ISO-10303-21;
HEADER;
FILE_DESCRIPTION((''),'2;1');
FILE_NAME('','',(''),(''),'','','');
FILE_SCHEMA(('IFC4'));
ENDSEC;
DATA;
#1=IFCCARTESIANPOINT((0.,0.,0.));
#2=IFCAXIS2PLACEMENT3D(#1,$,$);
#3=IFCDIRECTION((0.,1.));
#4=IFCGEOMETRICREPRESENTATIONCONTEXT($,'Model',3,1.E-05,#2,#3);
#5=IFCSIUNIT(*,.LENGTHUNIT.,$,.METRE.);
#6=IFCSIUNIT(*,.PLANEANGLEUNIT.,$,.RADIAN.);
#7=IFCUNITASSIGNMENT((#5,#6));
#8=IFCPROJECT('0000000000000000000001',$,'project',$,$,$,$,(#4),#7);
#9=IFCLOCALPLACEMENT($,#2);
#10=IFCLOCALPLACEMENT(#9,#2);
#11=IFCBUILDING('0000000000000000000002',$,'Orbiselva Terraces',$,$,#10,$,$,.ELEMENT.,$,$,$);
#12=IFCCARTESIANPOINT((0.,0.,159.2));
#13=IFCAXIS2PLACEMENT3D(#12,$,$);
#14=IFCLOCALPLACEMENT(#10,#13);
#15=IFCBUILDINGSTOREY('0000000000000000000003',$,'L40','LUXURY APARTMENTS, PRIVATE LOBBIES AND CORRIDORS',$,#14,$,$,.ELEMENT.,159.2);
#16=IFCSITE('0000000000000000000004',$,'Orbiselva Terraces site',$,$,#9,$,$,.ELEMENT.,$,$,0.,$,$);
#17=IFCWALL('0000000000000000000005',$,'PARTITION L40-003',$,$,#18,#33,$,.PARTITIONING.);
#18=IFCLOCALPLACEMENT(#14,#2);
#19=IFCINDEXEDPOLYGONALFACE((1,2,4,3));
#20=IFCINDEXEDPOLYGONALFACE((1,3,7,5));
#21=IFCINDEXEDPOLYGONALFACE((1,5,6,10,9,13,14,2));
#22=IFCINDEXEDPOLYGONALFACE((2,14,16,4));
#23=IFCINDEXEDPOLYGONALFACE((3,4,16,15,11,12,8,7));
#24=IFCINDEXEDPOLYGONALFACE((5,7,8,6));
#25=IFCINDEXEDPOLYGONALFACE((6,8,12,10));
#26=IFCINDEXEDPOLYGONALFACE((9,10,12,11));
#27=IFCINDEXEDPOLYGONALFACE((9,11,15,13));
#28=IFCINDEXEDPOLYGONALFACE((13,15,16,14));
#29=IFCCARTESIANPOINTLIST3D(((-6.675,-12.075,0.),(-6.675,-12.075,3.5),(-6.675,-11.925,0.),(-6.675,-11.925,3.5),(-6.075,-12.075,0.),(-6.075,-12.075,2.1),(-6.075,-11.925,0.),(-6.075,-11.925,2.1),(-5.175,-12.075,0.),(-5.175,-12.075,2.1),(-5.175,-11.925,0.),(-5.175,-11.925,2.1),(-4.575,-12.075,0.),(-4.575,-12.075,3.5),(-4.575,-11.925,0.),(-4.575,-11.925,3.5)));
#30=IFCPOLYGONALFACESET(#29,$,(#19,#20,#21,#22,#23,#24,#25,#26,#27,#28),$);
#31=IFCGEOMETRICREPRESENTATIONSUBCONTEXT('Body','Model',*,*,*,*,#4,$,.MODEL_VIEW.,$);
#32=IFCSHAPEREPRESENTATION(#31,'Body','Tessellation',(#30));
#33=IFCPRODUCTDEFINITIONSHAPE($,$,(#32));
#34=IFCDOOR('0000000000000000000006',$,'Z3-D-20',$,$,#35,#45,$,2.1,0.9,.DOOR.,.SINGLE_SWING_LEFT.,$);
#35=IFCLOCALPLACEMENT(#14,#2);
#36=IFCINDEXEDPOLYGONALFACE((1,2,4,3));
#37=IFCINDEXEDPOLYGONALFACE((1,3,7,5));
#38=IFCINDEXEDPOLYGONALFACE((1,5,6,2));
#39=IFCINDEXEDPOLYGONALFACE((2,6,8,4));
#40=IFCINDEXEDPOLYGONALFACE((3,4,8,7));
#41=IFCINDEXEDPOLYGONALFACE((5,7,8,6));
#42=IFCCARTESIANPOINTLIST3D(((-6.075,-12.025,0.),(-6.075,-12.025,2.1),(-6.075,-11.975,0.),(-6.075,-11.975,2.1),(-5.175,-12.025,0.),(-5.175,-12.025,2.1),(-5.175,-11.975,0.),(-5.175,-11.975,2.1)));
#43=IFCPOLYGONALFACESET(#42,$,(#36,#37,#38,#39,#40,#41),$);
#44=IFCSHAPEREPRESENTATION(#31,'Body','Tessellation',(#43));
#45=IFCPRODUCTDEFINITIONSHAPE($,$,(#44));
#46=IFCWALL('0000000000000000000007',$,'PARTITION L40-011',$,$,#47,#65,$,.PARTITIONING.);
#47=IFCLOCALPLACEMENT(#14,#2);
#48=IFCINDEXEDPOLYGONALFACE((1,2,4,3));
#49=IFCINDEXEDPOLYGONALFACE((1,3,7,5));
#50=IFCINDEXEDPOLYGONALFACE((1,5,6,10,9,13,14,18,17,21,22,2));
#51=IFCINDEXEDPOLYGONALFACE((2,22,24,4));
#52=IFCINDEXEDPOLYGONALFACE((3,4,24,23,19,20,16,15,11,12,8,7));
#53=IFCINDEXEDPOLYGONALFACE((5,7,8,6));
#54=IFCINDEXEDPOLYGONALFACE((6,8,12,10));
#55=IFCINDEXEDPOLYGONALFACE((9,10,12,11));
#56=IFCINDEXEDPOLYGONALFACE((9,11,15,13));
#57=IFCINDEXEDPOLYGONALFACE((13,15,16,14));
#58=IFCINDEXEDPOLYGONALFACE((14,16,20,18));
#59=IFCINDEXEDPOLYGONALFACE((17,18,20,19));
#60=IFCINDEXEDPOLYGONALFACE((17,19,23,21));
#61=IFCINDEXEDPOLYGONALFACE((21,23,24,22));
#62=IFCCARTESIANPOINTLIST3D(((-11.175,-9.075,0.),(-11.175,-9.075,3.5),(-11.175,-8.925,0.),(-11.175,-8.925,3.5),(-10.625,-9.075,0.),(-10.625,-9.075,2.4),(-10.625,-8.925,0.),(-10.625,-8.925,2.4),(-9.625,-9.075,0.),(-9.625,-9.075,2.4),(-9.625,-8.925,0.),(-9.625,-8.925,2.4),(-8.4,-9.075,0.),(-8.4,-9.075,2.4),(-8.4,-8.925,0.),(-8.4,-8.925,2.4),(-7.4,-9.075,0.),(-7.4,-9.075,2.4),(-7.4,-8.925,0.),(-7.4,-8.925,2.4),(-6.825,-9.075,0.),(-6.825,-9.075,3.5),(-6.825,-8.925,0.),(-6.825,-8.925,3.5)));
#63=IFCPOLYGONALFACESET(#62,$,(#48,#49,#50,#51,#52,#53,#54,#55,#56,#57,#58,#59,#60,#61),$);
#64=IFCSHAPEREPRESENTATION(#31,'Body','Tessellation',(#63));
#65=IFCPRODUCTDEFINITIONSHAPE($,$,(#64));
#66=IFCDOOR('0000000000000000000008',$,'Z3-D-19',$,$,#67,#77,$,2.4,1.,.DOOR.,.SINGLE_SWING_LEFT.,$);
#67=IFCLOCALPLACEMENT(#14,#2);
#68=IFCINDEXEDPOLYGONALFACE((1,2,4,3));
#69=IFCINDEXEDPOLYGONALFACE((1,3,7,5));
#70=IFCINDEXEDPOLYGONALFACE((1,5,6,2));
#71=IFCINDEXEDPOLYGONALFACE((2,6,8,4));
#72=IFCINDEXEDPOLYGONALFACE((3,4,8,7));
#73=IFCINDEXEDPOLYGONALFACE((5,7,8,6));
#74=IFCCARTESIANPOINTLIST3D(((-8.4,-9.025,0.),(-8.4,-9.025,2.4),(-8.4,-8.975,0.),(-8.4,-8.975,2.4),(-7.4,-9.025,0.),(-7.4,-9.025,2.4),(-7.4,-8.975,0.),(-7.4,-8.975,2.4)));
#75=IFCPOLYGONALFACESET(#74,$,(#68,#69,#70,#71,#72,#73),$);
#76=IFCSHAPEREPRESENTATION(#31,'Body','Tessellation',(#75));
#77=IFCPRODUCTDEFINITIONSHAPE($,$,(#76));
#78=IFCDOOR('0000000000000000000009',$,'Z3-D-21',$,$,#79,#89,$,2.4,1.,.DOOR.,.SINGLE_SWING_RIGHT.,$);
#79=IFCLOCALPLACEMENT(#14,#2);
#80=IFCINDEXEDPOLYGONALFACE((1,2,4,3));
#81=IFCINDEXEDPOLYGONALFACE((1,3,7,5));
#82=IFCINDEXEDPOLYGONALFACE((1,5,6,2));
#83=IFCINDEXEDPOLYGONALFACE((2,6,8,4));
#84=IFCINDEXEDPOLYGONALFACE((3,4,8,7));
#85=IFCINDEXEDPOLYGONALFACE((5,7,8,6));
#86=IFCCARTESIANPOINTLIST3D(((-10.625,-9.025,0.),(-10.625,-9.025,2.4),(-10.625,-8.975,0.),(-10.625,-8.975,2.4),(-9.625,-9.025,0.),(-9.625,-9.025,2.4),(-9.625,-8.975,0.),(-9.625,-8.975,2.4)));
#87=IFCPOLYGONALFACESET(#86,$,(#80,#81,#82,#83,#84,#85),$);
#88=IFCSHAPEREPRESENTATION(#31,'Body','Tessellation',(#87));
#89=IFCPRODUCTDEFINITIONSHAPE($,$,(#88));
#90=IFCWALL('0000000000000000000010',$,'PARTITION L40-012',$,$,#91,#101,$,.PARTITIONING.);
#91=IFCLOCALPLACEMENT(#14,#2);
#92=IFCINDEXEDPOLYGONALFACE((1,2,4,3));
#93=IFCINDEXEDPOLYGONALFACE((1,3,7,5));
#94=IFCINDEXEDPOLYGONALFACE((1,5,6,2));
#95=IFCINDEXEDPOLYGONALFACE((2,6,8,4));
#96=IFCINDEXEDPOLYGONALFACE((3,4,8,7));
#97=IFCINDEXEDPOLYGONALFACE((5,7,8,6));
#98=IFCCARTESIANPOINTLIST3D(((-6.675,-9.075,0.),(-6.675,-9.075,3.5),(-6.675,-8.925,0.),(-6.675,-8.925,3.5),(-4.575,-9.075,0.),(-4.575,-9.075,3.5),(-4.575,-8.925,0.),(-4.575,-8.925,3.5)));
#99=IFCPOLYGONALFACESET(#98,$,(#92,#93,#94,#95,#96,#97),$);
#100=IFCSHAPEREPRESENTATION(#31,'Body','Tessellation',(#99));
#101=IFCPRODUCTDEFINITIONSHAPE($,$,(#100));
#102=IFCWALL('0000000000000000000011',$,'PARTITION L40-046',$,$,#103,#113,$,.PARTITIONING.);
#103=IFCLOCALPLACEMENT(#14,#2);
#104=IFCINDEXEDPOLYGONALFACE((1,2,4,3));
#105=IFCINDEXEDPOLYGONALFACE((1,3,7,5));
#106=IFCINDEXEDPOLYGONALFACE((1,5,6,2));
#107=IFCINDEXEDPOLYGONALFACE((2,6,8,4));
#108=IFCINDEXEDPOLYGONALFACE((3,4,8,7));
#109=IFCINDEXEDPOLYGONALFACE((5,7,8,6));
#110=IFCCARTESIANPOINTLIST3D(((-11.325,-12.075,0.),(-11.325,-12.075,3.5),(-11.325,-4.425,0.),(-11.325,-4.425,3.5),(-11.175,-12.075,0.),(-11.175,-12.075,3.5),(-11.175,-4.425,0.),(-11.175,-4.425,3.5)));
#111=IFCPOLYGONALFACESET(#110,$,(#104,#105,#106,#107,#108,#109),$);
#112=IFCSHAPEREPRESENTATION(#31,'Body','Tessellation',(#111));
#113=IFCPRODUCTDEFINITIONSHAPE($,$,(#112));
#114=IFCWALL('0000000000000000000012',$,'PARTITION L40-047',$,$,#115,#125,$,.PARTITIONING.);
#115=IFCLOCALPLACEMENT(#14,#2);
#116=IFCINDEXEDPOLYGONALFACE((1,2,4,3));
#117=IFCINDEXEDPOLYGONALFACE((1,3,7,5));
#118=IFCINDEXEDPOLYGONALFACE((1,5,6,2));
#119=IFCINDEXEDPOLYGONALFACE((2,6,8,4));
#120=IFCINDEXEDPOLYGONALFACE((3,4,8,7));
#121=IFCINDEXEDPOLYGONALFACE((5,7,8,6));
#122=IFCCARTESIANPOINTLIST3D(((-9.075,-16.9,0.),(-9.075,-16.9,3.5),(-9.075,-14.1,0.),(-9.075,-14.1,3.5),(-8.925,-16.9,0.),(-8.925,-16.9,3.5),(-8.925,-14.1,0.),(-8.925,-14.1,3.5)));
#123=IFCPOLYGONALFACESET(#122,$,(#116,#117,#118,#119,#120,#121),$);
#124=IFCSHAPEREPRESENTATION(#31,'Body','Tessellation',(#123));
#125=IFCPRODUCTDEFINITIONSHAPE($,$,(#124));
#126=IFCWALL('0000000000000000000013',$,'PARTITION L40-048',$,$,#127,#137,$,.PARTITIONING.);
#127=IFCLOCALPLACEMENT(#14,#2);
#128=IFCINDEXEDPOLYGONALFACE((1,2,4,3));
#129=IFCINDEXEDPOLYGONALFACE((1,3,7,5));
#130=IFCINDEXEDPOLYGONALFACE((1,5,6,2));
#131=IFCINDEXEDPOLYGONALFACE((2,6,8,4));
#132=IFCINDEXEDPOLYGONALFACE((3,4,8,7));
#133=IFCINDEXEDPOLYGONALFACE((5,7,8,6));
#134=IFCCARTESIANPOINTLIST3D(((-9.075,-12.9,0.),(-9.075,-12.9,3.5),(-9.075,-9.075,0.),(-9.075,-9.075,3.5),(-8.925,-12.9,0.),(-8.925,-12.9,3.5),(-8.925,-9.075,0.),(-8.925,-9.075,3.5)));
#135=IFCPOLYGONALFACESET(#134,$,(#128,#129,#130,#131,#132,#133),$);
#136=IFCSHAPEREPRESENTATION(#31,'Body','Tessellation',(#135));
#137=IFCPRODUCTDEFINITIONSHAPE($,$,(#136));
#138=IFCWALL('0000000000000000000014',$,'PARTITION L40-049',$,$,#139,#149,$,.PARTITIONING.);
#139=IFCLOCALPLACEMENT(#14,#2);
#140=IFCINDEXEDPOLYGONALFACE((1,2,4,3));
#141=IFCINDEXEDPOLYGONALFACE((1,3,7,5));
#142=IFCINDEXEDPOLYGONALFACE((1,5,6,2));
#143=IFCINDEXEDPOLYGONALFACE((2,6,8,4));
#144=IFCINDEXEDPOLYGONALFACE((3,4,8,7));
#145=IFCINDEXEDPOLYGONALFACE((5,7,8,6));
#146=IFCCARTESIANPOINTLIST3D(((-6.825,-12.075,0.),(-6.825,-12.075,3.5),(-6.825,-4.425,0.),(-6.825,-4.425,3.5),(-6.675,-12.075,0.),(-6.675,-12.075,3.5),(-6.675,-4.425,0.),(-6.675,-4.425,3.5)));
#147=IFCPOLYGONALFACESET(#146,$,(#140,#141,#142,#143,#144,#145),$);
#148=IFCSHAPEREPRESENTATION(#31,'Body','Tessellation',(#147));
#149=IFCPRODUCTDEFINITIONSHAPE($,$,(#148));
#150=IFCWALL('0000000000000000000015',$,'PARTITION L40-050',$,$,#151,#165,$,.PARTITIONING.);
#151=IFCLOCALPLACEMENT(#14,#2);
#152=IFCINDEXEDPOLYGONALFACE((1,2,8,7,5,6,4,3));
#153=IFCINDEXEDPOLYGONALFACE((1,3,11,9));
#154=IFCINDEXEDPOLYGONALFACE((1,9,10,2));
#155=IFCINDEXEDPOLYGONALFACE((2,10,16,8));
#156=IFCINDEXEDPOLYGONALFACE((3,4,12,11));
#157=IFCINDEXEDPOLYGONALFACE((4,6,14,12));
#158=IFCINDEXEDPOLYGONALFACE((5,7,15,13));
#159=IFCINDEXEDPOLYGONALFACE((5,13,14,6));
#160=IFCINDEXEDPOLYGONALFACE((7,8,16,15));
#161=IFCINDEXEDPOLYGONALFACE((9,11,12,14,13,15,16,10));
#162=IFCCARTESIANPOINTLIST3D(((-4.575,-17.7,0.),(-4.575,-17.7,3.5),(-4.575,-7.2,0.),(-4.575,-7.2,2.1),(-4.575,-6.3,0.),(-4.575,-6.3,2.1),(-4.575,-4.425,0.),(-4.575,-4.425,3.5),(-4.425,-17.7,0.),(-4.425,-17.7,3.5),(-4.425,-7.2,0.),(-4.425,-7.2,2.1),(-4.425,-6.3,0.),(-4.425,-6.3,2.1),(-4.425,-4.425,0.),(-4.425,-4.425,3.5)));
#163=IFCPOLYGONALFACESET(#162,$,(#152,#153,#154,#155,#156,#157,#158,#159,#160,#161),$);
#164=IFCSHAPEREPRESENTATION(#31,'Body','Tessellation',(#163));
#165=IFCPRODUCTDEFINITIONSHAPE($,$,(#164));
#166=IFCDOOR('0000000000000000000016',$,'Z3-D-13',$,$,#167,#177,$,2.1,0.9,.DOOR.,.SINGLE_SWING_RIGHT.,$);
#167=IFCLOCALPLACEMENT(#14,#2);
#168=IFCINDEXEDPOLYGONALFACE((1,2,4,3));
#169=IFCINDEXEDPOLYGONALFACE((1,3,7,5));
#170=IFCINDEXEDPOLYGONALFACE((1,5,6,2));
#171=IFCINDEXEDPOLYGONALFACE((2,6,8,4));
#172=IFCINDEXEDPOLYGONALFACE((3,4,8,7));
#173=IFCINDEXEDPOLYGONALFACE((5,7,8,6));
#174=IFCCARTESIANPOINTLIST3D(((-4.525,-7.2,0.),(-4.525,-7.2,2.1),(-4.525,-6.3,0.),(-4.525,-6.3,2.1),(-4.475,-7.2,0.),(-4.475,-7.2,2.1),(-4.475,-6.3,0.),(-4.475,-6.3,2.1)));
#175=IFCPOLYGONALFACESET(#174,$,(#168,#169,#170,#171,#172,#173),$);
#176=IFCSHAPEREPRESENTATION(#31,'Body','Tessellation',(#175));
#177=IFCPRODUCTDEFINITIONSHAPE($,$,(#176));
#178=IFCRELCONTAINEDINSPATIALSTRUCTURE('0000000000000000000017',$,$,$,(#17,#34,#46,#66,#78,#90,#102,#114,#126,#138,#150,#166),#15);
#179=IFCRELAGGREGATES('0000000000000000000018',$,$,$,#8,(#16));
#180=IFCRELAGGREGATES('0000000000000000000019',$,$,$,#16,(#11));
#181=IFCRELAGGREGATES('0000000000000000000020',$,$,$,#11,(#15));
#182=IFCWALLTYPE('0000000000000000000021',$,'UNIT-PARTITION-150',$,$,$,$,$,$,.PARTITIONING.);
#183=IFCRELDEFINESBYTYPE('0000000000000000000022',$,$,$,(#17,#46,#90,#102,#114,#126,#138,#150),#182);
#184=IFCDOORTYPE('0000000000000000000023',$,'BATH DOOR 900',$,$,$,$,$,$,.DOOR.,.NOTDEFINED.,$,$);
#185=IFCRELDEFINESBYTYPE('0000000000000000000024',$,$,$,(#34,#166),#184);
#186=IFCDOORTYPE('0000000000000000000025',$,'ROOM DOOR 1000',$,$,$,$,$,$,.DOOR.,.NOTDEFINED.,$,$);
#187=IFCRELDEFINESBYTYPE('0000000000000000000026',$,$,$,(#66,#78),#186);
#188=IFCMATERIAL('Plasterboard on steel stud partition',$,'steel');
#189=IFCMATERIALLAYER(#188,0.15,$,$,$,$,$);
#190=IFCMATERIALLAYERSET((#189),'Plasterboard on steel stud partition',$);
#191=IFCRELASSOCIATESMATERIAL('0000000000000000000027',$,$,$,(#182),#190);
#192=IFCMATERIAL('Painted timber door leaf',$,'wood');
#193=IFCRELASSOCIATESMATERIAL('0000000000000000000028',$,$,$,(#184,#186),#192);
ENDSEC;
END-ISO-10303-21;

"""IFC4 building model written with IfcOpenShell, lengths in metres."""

from ifc_helpers import new_model, si_unit, direction, frame, frame_2d, origin, place, context, subcontext, project, spatial, rectangle, extrude, material, layer, layer_set, type_object, element, fill, save


model = new_model("IFC4")

# Units and contexts
model_context = context("Model", 3, precision=1e-05, world=origin(), true_north=direction((0.0, 1.0)))
body_context = subcontext(model_context, "Body", "Model", "MODEL_VIEW")
ifc_project = project(units=[si_unit("LENGTHUNIT", "METRE"), si_unit("PLANEANGLEUNIT", "RADIAN")], contexts=[model_context])

# Site, building, storey
site_placement = place(None, origin())
site = spatial("IfcSite", under=ifc_project, at=site_placement, Name="Orbiselva Terraces site", CompositionType="ELEMENT", RefElevation=0.0)
building_placement = place(site_placement, origin())
building = spatial("IfcBuilding", under=site, at=building_placement, Name="Orbiselva Terraces", CompositionType="ELEMENT")
storey_placement = place(building_placement, frame((0.0, 0.0, 159.2)))
storey = spatial("IfcBuildingStorey", under=building, at=storey_placement, Name="L40", Description="LUXURY APARTMENTS, PRIVATE LOBBIES AND CORRIDORS", CompositionType="ELEMENT", Elevation=159.2)

# Wall, opening, door
ifc_material_1 = material(Name="Plasterboard on steel stud partition", Category="steel")
ifc_layer_1 = layer(ifc_material_1, 0.15)
ifc_layer_set_1 = layer_set([ifc_layer_1], Name="Plasterboard on steel stud partition")
wall_type_1 = type_object("IfcWallType", Name="UNIT-PARTITION-150", PredefinedType="PARTITIONING", material=ifc_layer_set_1)
wall_1_placement = place(storey_placement, frame((-6.675, -12.0, 0.0), z_axis=(0.0, 0.0, 1.0), x_axis=(1.0, 0.0, 0.0)))
wall_1 = element("IfcWall", 1, at=wall_1_placement, inside=storey, type_object=wall_type_1, Name="PARTITION L40-003", PredefinedType="PARTITIONING", context=body_context, shape_type="SweptSolid", body=[
    extrude(rectangle(XDim=2.1, YDim=0.15, at=frame_2d((1.05, 0.0))), origin(), (0.0, 0.0, 1.0), 3.5),
])
opening_1_placement = place(wall_1_placement, frame((0.6, 0.0, 0.0)))
opening_1 = element("IfcOpeningElement", 2, at=opening_1_placement, cuts=wall_1, PredefinedType="OPENING", context=body_context, shape_type="SweptSolid", body=[
    extrude(rectangle(XDim=0.9, YDim=2.1, at=frame_2d((0.45, 1.05))), frame((0.0, 0.085, 0.0), z_axis=(0.0, -1.0, 0.0), x_axis=(1.0, 0.0, 0.0)), (0.0, 0.0, 1.0), 0.17),
])
ifc_material_2 = material(Name="Painted timber door leaf", Category="wood")
door_type_1 = type_object("IfcDoorType", Name="BATH DOOR 900", OperationType="NOTDEFINED", PredefinedType="DOOR", material=ifc_material_2)
door_1_placement = place(opening_1_placement, origin())
door_1 = element("IfcDoor", 3, at=door_1_placement, inside=storey, type_object=door_type_1, Name="Z3-D-20", OperationType="SINGLE_SWING_LEFT", OverallHeight=2.1, OverallWidth=0.9, PredefinedType="DOOR", context=body_context, shape_type="SweptSolid", body=[
    extrude(rectangle(XDim=0.9, YDim=2.1, at=frame_2d((0.45, 1.05))), frame((0.0, 0.025, 0.0), z_axis=(0.0, -1.0, 0.0), x_axis=(1.0, 0.0, 0.0)), (0.0, 0.0, 1.0), 0.05),
])
fill(opening_1, door_1)

# Wall, openings, doors
wall_2_placement = place(storey_placement, frame((-6.825, -9.0, 0.0), z_axis=(0.0, 0.0, 1.0), x_axis=(-1.0, 0.0, 0.0)))
wall_2 = element("IfcWall", 4, at=wall_2_placement, inside=storey, type_object=wall_type_1, Name="PARTITION L40-011", PredefinedType="PARTITIONING", context=body_context, shape_type="SweptSolid", body=[
    extrude(rectangle(XDim=4.35, YDim=0.15, at=frame_2d((2.175, 0.0))), origin(), (0.0, 0.0, 1.0), 3.5),
])
opening_2_placement = place(wall_2_placement, frame((0.575, 0.0, 0.0)))
opening_2 = element("IfcOpeningElement", 5, at=opening_2_placement, cuts=wall_2, PredefinedType="OPENING", context=body_context, shape_type="SweptSolid", body=[
    extrude(rectangle(XDim=1.0, YDim=2.4, at=frame_2d((0.5, 1.2))), frame((0.0, 0.085, 0.0), z_axis=(0.0, -1.0, 0.0), x_axis=(1.0, 0.0, 0.0)), (0.0, 0.0, 1.0), 0.17),
])
opening_3_placement = place(wall_2_placement, frame((2.8, 0.0, 0.0)))
opening_3 = element("IfcOpeningElement", 6, at=opening_3_placement, cuts=wall_2, PredefinedType="OPENING", context=body_context, shape_type="SweptSolid", body=[
    extrude(rectangle(XDim=1.0, YDim=2.4, at=frame_2d((0.5, 1.2))), frame((0.0, 0.085, 0.0), z_axis=(0.0, -1.0, 0.0), x_axis=(1.0, 0.0, 0.0)), (0.0, 0.0, 1.0), 0.17),
])
door_type_2 = type_object("IfcDoorType", Name="ROOM DOOR 1000", OperationType="NOTDEFINED", PredefinedType="DOOR", material=ifc_material_2)
door_2_placement = place(opening_2_placement, origin())
door_2 = element("IfcDoor", 7, at=door_2_placement, inside=storey, type_object=door_type_2, Name="Z3-D-19", OperationType="SINGLE_SWING_LEFT", OverallHeight=2.4, OverallWidth=1.0, PredefinedType="DOOR", context=body_context, shape_type="SweptSolid", body=[
    extrude(rectangle(XDim=1.0, YDim=2.4, at=frame_2d((0.5, 1.2))), frame((0.0, 0.025, 0.0), z_axis=(0.0, -1.0, 0.0), x_axis=(1.0, 0.0, 0.0)), (0.0, 0.0, 1.0), 0.05),
])
fill(opening_2, door_2)
door_3_placement = place(opening_3_placement, origin())
door_3 = element("IfcDoor", 8, at=door_3_placement, inside=storey, type_object=door_type_2, Name="Z3-D-21", OperationType="SINGLE_SWING_RIGHT", OverallHeight=2.4, OverallWidth=1.0, PredefinedType="DOOR", context=body_context, shape_type="SweptSolid", body=[
    extrude(rectangle(XDim=1.0, YDim=2.4, at=frame_2d((0.5, 1.2))), frame((0.0, 0.025, 0.0), z_axis=(0.0, -1.0, 0.0), x_axis=(1.0, 0.0, 0.0)), (0.0, 0.0, 1.0), 0.05),
])
fill(opening_3, door_3)

# Walls
wall_3_placement = place(storey_placement, frame((-6.675, -9.0, 0.0), z_axis=(0.0, 0.0, 1.0), x_axis=(1.0, 0.0, 0.0)))
element("IfcWall", 9, at=wall_3_placement, inside=storey, type_object=wall_type_1, Name="PARTITION L40-012", PredefinedType="PARTITIONING", context=body_context, shape_type="SweptSolid", body=[
    extrude(rectangle(XDim=2.1, YDim=0.15, at=frame_2d((1.05, 0.0))), origin(), (0.0, 0.0, 1.0), 3.5),
])
wall_4_placement = place(storey_placement, frame((-11.25, -12.075, 0.0), z_axis=(0.0, 0.0, 1.0), x_axis=(0.0, 1.0, 0.0)))
element("IfcWall", 10, at=wall_4_placement, inside=storey, type_object=wall_type_1, Name="PARTITION L40-046", PredefinedType="PARTITIONING", context=body_context, shape_type="SweptSolid", body=[
    extrude(rectangle(XDim=7.65, YDim=0.15, at=frame_2d((3.825, 0.0))), origin(), (0.0, 0.0, 1.0), 3.5),
])
wall_5_placement = place(storey_placement, frame((-9.0, -16.9, 0.0), z_axis=(0.0, 0.0, 1.0), x_axis=(0.0, 1.0, 0.0)))
element("IfcWall", 11, at=wall_5_placement, inside=storey, type_object=wall_type_1, Name="PARTITION L40-047", PredefinedType="PARTITIONING", context=body_context, shape_type="SweptSolid", body=[
    extrude(rectangle(XDim=2.8, YDim=0.15, at=frame_2d((1.4, 0.0))), origin(), (0.0, 0.0, 1.0), 3.5),
])
wall_6_placement = place(storey_placement, frame((-9.0, -12.9, 0.0), z_axis=(0.0, 0.0, 1.0), x_axis=(0.0, 1.0, 0.0)))
element("IfcWall", 12, at=wall_6_placement, inside=storey, type_object=wall_type_1, Name="PARTITION L40-048", PredefinedType="PARTITIONING", context=body_context, shape_type="SweptSolid", body=[
    extrude(rectangle(XDim=3.825, YDim=0.15, at=frame_2d((1.9125, 0.0))), origin(), (0.0, 0.0, 1.0), 3.5),
])
wall_7_placement = place(storey_placement, frame((-6.75, -12.075, 0.0), z_axis=(0.0, 0.0, 1.0), x_axis=(0.0, 1.0, 0.0)))
element("IfcWall", 13, at=wall_7_placement, inside=storey, type_object=wall_type_1, Name="PARTITION L40-049", PredefinedType="PARTITIONING", context=body_context, shape_type="SweptSolid", body=[
    extrude(rectangle(XDim=7.65, YDim=0.15, at=frame_2d((3.825, 0.0))), origin(), (0.0, 0.0, 1.0), 3.5),
])

# Wall, opening, door
wall_8_placement = place(storey_placement, frame((-4.5, -17.7, 0.0), z_axis=(0.0, 0.0, 1.0), x_axis=(0.0, 1.0, 0.0)))
wall_8 = element("IfcWall", 14, at=wall_8_placement, inside=storey, type_object=wall_type_1, Name="PARTITION L40-050", PredefinedType="PARTITIONING", context=body_context, shape_type="SweptSolid", body=[
    extrude(rectangle(XDim=13.275, YDim=0.15, at=frame_2d((6.6375, 0.0))), origin(), (0.0, 0.0, 1.0), 3.5),
])
opening_4_placement = place(wall_8_placement, frame((10.5, 0.0, 0.0)))
opening_4 = element("IfcOpeningElement", 15, at=opening_4_placement, cuts=wall_8, PredefinedType="OPENING", context=body_context, shape_type="SweptSolid", body=[
    extrude(rectangle(XDim=0.9, YDim=2.1, at=frame_2d((0.45, 1.05))), frame((0.0, 0.085, 0.0), z_axis=(0.0, -1.0, 0.0), x_axis=(1.0, 0.0, 0.0)), (0.0, 0.0, 1.0), 0.17),
])
door_4_placement = place(opening_4_placement, origin())
door_4 = element("IfcDoor", 16, at=door_4_placement, inside=storey, type_object=door_type_1, Name="Z3-D-13", OperationType="SINGLE_SWING_RIGHT", OverallHeight=2.1, OverallWidth=0.9, PredefinedType="DOOR", context=body_context, shape_type="SweptSolid", body=[
    extrude(rectangle(XDim=0.9, YDim=2.1, at=frame_2d((0.45, 1.05))), frame((0.0, 0.025, 0.0), z_axis=(0.0, -1.0, 0.0), x_axis=(1.0, 0.0, 0.0)), (0.0, 0.0, 1.0), 0.05),
])
fill(opening_4, door_4)

save(model, "model.ifc")
